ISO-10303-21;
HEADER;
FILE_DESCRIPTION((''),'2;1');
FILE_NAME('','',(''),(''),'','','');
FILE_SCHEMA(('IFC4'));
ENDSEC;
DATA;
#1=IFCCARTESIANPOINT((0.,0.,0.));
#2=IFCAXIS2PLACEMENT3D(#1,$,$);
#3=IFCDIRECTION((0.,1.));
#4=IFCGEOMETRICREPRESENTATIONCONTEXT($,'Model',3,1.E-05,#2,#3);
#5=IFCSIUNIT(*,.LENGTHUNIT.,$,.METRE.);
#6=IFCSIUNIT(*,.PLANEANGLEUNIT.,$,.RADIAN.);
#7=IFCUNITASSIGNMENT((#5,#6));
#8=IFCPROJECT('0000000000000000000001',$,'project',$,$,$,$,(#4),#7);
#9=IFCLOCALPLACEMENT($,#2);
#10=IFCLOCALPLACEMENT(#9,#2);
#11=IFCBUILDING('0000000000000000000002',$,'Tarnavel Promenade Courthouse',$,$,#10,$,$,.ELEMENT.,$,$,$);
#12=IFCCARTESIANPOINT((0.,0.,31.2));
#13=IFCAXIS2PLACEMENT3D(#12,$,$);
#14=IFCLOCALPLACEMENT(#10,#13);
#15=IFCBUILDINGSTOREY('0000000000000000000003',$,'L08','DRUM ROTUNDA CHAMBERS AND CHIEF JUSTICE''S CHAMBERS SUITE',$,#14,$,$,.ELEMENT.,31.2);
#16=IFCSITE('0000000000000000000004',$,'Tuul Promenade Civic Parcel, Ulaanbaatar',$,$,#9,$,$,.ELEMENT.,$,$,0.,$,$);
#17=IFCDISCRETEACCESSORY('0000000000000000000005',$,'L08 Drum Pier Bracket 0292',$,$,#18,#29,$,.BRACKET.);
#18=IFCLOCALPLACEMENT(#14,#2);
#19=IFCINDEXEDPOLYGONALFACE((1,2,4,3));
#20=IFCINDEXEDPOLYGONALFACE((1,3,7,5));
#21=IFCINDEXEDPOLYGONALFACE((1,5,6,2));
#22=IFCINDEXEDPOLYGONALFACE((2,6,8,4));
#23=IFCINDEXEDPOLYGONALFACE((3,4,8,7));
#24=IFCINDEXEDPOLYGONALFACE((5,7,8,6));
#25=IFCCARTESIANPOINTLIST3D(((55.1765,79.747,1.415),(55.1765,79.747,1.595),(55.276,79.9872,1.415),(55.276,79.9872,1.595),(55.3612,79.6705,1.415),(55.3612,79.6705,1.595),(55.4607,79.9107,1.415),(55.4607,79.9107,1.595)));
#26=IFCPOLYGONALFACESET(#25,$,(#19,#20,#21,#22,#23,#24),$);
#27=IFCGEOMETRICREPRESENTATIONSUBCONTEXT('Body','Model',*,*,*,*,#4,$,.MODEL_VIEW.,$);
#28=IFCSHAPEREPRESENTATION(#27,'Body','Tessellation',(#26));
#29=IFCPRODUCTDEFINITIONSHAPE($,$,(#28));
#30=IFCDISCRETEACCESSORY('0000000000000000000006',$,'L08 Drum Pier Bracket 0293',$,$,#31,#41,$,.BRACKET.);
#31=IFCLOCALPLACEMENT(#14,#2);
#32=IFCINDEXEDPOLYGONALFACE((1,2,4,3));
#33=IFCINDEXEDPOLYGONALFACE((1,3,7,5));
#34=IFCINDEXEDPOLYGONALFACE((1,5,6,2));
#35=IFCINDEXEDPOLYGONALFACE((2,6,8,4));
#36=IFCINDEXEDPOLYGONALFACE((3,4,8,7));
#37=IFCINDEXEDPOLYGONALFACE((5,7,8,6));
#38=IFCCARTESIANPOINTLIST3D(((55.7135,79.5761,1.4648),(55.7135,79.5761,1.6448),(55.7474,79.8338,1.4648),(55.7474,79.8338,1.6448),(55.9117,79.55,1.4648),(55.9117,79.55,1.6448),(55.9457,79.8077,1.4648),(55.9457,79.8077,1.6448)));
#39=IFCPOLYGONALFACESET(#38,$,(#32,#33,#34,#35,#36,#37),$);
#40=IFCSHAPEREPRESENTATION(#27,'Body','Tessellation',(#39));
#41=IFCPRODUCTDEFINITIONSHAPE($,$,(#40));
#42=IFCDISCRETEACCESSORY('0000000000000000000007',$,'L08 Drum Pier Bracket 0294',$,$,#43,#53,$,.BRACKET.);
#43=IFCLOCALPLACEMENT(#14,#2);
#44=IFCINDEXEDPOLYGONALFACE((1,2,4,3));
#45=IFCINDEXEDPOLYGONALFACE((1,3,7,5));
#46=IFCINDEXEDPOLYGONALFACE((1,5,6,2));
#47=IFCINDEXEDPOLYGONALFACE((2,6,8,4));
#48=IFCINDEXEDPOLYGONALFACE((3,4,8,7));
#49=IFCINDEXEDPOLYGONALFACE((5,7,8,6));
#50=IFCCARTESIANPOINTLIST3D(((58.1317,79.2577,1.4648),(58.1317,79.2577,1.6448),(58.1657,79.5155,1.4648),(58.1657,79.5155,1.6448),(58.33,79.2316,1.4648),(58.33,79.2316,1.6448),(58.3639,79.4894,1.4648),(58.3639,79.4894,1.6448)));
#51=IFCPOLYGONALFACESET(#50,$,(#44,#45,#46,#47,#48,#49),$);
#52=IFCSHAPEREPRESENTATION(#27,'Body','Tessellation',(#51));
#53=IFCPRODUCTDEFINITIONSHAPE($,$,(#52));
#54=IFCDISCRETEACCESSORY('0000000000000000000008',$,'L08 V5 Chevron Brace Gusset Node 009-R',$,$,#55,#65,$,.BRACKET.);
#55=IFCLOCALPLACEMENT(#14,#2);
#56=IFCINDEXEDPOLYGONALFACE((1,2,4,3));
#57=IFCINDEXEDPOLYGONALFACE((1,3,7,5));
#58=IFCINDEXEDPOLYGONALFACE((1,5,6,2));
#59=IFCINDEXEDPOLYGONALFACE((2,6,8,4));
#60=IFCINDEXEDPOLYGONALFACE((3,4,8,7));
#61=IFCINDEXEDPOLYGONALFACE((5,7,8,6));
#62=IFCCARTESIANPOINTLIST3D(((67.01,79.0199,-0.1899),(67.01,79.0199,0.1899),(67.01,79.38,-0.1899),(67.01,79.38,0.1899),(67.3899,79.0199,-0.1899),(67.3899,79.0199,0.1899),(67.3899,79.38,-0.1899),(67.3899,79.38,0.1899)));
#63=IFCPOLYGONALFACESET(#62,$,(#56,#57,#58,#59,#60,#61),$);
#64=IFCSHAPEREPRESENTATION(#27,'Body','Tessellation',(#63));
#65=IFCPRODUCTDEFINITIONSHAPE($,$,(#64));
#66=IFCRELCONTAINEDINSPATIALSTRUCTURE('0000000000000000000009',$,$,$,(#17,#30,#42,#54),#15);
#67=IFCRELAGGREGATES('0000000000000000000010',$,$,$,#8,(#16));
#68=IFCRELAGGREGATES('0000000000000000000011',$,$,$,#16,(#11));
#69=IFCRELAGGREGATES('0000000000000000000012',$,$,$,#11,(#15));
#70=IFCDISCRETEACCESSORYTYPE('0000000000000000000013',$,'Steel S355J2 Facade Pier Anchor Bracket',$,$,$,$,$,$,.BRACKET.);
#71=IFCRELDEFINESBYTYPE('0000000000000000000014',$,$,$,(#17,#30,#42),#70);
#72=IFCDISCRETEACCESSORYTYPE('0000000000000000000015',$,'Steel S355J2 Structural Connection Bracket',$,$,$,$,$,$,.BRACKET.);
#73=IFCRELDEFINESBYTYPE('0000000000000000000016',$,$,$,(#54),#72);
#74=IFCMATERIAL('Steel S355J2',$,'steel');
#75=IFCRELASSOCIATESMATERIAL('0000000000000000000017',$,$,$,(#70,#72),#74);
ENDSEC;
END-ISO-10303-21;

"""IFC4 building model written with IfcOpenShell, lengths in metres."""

from ifc_helpers import new_model, si_unit, direction, frame, origin, origin_2d, place, context, subcontext, project, spatial, rectangle, extrude, material, type_object, element, save


model = new_model("IFC4")

# Units and contexts
model_context = context("Model", 3, precision=1e-05, world=origin(), true_north=direction((0.0, 1.0)))
body_context = subcontext(model_context, "Body", "Model", "MODEL_VIEW")
ifc_project = project(units=[si_unit("LENGTHUNIT", "METRE"), si_unit("PLANEANGLEUNIT", "RADIAN")], contexts=[model_context])

# Site, building, storey
site_placement = place(None, origin())
site = spatial("IfcSite", under=ifc_project, at=site_placement, Name="Tuul Promenade Civic Parcel, Ulaanbaatar", CompositionType="ELEMENT", RefElevation=0.0)
building_placement = place(site_placement, origin())
building = spatial("IfcBuilding", under=site, at=building_placement, Name="Tarnavel Promenade Courthouse", CompositionType="ELEMENT")
storey_placement = place(building_placement, frame((0.0, 0.0, 31.2)))
storey = spatial("IfcBuildingStorey", under=building, at=storey_placement, Name="L08", Description="DRUM ROTUNDA CHAMBERS AND CHIEF JUSTICE'S CHAMBERS SUITE", CompositionType="ELEMENT", Elevation=31.2)

# Shared definitions
ifc_material_1 = material(Name="Steel S355J2", Category="steel")

# Discrete accessories
discrete_accessory_type_1 = type_object("IfcDiscreteAccessoryType", Name="Steel S355J2 Facade Pier Anchor Bracket", PredefinedType="BRACKET", material=ifc_material_1)
for number, where, z_axis, x_axis, name in (
    (1, (55.3186, 79.8289, 1.415), (0.0, 0.0, 1.0), (0.92388, -0.382683, 0.0), "L08 Drum Pier Bracket 0292"),
    (2, (55.8296, 79.6919, 1.4648), (0.0, 0.0, 1.0), (0.991445, -0.130526, 0.0), "L08 Drum Pier Bracket 0293"),
    (3, (58.2478, 79.3735, 1.4648), (0.0, 0.0, 1.0), (0.991445, -0.130526, 0.0), "L08 Drum Pier Bracket 0294"),
):
    element("IfcDiscreteAccessory", number, at=place(storey_placement, frame(where, z_axis=z_axis, x_axis=x_axis)), inside=storey, type_object=discrete_accessory_type_1, Name=name, PredefinedType="BRACKET", context=body_context, shape_type="SweptSolid", body=[
        extrude(rectangle(XDim=0.2, YDim=0.26, at=origin_2d()), origin(), (0.0, 0.0, 1.0), 0.1799),
    ])
discrete_accessory_type_2 = type_object("IfcDiscreteAccessoryType", Name="Steel S355J2 Structural Connection Bracket", PredefinedType="BRACKET", material=ifc_material_1)
discrete_accessory_placement = place(storey_placement, frame((67.2, 79.2, -0.1899), z_axis=(0.0, 0.0, 1.0), x_axis=(1.0, 0.0, 0.0)))
element("IfcDiscreteAccessory", 4, at=discrete_accessory_placement, inside=storey, type_object=discrete_accessory_type_2, Name="L08 V5 Chevron Brace Gusset Node 009-R", PredefinedType="BRACKET", context=body_context, shape_type="SweptSolid", body=[
    extrude(rectangle(XDim=0.3799, YDim=0.3601, at=origin_2d()), origin(), (0.0, 0.0, 1.0), 0.3799),
])

save(model, "model.ifc")
